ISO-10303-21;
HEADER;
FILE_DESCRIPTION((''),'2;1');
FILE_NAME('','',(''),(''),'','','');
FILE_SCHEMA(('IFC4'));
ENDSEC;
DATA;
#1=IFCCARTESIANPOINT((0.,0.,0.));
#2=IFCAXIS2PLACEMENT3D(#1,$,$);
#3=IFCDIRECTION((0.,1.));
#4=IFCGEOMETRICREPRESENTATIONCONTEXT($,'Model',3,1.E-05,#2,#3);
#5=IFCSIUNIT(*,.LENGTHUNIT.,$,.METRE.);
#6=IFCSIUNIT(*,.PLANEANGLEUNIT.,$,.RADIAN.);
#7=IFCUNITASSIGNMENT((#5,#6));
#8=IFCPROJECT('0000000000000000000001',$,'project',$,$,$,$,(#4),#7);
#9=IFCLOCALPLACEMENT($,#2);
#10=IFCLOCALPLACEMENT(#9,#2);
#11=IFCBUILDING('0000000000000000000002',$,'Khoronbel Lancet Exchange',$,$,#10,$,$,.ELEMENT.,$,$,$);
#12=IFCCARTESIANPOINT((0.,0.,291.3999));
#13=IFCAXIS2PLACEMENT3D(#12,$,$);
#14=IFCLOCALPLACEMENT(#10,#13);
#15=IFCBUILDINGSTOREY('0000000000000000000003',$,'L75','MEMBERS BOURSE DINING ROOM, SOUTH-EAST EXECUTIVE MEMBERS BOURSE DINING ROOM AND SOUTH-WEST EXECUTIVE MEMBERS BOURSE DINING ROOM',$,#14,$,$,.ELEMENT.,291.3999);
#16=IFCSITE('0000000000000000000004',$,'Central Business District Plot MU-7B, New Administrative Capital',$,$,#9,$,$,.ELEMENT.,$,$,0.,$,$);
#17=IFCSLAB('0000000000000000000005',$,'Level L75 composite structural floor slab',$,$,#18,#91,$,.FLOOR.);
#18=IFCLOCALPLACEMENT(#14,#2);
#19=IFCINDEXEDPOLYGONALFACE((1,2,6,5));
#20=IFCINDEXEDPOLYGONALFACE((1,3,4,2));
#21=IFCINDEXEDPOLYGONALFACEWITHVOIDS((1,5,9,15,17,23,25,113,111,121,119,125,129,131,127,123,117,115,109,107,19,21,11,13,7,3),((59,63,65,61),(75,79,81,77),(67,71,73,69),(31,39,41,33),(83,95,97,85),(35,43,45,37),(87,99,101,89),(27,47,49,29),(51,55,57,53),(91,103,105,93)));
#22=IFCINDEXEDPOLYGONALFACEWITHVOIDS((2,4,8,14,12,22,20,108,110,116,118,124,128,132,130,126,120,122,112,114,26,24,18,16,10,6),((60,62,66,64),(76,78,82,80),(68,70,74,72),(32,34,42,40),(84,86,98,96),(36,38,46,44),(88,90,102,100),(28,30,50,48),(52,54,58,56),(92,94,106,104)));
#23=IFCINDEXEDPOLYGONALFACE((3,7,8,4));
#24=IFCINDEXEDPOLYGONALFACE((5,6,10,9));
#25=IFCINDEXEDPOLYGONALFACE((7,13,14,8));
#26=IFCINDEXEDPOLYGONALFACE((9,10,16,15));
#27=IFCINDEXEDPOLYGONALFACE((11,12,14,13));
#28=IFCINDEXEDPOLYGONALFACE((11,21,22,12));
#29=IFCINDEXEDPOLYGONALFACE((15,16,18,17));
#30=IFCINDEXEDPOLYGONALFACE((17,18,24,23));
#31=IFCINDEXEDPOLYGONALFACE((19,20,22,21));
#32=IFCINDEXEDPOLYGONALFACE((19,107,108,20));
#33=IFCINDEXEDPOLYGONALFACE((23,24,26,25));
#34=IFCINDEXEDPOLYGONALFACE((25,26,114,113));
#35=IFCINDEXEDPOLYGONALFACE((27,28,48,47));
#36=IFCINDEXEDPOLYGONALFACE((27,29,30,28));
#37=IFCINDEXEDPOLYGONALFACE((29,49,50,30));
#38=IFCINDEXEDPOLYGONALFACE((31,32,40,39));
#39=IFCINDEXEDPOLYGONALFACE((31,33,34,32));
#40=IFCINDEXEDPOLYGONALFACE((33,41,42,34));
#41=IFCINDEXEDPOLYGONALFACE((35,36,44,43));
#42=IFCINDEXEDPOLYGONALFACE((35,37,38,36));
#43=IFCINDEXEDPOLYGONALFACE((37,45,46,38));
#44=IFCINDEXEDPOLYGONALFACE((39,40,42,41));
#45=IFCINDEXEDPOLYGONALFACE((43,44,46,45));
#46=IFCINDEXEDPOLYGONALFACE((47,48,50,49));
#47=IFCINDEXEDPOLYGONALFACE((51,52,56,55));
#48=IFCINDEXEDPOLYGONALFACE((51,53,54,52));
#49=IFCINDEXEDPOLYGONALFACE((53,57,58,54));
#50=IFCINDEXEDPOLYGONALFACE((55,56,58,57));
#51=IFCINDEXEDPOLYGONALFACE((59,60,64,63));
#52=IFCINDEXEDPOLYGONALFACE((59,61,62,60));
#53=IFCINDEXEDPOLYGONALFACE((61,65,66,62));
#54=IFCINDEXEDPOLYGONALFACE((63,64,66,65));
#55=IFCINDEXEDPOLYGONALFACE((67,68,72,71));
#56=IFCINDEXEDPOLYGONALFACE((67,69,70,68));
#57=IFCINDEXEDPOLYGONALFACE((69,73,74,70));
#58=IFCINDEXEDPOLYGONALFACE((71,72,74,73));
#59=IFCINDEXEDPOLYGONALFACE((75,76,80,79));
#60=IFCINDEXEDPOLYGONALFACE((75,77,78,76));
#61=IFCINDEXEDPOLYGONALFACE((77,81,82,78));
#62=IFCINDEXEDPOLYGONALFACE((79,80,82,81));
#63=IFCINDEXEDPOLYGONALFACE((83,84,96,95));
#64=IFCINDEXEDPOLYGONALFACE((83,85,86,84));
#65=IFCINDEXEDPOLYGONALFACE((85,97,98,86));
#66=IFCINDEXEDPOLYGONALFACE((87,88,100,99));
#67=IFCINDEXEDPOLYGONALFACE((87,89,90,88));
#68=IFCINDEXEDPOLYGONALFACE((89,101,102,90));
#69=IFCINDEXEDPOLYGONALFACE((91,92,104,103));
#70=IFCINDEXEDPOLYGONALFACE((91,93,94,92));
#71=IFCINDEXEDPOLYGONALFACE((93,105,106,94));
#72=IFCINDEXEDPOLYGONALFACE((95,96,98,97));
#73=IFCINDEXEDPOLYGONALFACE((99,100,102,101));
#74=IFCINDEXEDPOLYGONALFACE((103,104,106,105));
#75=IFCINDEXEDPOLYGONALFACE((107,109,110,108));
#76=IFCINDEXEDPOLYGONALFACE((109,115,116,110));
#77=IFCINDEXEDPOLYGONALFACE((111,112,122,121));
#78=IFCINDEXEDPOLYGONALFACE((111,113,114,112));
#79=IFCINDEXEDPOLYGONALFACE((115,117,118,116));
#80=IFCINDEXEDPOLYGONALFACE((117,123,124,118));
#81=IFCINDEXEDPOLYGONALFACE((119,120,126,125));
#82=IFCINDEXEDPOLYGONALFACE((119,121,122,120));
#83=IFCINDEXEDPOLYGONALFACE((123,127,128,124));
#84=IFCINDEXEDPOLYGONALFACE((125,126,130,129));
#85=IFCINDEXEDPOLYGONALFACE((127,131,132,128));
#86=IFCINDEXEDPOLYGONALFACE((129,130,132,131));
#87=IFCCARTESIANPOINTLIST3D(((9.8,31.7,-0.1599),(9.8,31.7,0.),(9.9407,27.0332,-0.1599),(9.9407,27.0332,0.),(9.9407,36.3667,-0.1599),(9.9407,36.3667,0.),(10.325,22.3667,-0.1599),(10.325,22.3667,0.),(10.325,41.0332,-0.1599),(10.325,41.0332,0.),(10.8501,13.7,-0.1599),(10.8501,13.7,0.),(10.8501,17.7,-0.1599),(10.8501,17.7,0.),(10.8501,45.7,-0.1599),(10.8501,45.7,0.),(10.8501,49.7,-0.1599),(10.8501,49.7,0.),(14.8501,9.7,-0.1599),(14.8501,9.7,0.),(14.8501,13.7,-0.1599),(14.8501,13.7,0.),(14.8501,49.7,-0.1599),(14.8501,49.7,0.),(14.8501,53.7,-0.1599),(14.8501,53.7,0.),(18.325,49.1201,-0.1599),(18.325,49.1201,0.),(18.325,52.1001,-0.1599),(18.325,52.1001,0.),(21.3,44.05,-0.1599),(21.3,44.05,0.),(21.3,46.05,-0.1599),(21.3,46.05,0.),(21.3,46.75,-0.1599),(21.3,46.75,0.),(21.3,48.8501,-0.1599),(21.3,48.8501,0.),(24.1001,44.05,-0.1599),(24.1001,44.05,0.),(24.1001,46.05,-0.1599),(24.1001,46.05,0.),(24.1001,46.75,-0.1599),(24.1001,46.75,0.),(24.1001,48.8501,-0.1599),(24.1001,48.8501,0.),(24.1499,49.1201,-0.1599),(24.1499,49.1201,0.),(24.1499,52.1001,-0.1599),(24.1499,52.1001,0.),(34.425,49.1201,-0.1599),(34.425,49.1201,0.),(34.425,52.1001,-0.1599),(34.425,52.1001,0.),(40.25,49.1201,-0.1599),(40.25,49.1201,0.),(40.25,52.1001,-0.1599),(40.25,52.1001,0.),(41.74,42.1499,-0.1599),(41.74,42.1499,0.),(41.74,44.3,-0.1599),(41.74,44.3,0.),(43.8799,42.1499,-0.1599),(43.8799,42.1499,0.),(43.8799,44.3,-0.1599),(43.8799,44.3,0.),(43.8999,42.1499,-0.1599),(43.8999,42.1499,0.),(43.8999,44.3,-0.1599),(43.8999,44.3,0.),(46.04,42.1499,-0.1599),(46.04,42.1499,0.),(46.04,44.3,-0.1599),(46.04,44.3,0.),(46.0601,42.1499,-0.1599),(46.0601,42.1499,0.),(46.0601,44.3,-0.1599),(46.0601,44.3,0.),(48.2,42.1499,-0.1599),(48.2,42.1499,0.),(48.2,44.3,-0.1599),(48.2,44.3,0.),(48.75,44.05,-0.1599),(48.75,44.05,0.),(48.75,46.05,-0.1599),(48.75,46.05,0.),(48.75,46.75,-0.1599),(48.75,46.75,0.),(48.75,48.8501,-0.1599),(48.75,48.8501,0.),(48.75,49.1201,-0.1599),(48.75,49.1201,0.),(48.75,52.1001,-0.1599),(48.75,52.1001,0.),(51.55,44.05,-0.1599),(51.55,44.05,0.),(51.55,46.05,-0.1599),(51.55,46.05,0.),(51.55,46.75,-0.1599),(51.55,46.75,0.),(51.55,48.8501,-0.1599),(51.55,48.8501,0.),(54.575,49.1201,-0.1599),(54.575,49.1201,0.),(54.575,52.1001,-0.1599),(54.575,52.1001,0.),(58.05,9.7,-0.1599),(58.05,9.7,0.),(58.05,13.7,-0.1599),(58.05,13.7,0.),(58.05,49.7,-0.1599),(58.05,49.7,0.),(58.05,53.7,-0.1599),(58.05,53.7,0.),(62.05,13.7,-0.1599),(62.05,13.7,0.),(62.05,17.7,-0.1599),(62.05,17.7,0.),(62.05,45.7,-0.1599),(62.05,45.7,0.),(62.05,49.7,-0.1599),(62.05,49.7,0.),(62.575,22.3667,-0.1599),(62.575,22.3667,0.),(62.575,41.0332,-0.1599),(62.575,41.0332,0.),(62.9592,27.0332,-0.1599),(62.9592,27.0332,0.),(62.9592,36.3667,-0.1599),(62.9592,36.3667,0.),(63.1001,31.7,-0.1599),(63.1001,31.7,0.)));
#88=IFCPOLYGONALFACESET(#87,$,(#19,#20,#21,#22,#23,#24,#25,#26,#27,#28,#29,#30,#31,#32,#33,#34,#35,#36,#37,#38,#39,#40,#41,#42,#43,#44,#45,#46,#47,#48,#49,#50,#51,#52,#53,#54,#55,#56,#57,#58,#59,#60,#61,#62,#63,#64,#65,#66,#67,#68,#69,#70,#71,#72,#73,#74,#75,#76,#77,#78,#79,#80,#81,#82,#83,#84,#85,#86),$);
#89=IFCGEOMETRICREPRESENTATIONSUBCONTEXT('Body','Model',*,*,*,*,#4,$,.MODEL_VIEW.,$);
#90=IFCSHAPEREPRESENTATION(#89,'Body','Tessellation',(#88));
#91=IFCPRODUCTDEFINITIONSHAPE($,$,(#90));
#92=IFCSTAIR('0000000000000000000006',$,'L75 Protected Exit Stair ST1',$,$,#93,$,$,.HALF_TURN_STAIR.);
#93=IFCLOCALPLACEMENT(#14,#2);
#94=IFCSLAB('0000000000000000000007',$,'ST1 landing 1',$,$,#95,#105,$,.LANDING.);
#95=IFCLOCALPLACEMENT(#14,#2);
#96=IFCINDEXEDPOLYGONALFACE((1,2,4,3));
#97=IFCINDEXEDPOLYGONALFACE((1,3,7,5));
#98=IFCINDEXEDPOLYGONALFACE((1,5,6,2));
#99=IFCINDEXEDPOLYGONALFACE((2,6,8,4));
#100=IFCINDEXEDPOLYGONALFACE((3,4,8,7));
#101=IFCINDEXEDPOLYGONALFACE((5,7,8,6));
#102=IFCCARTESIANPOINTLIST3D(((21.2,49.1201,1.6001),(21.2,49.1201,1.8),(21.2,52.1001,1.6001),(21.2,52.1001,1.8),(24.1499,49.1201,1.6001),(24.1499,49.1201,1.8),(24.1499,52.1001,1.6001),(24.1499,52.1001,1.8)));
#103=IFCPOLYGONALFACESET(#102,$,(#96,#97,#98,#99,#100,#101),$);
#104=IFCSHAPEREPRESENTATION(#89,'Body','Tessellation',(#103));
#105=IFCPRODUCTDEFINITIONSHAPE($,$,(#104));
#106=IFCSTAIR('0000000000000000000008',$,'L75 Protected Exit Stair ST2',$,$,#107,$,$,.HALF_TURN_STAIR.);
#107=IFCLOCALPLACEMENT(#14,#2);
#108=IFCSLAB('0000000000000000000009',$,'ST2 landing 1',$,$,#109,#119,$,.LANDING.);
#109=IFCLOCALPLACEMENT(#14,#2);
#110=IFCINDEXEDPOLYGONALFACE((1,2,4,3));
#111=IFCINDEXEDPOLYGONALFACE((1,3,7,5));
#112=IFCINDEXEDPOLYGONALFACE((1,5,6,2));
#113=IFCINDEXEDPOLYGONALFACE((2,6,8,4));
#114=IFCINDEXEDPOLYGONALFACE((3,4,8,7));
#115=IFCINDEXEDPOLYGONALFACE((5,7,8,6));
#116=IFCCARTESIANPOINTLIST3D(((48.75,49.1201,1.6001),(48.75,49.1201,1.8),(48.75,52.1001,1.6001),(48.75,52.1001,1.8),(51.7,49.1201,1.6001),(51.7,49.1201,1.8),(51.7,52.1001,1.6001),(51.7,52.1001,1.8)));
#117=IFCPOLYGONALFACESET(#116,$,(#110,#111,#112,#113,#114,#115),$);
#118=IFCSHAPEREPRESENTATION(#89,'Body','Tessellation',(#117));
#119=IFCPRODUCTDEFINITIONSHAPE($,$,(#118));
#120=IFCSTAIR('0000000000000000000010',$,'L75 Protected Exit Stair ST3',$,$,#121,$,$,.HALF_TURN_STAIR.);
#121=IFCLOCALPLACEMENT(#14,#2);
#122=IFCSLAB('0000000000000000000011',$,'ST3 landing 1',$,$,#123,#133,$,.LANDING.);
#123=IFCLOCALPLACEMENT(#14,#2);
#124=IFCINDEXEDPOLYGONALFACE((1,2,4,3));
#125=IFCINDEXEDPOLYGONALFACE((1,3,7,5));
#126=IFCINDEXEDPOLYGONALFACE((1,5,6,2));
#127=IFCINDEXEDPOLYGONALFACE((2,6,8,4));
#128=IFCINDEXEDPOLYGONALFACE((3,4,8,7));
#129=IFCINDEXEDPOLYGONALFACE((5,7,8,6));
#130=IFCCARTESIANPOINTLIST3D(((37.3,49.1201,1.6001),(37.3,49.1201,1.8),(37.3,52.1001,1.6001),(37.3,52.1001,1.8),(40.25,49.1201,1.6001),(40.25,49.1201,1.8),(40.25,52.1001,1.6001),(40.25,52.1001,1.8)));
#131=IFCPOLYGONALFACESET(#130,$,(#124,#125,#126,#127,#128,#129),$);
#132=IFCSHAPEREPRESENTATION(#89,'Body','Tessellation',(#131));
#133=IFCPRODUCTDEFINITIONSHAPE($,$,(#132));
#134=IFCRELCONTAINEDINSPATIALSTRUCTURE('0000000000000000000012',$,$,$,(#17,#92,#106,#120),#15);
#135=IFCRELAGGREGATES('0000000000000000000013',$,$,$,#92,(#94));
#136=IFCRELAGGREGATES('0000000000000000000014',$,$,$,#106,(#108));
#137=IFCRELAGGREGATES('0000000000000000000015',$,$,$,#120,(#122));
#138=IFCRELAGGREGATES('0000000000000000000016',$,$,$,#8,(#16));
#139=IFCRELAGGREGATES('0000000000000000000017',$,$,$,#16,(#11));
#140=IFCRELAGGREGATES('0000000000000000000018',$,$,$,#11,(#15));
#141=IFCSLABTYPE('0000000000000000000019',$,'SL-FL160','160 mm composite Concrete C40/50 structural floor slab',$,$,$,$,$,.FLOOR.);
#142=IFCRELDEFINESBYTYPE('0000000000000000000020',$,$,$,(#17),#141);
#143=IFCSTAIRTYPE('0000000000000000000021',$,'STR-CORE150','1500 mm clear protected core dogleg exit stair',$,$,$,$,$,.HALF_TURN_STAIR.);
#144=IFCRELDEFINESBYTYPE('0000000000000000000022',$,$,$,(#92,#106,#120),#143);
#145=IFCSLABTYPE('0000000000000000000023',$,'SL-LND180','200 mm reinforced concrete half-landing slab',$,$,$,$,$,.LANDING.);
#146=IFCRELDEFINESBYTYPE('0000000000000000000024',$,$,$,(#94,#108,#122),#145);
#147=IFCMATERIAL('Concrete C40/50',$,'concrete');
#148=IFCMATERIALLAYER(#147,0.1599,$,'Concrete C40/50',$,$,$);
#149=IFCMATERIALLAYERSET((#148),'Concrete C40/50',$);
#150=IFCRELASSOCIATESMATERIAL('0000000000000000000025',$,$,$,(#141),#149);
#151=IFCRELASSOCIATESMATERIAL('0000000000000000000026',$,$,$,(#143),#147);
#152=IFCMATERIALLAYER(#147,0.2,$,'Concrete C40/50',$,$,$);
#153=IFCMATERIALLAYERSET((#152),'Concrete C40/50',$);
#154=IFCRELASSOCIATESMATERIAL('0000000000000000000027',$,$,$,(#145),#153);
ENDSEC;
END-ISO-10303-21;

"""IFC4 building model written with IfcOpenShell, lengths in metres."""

from ifc_helpers import new_model, si_unit, direction, frame, origin, place, context, subcontext, project, spatial, polyline, outline, extrude, material, layer, layer_set, type_object, element, aggregate, save


model = new_model("IFC4")

# Units and contexts
model_context = context("Model", 3, precision=1e-05, world=origin(), true_north=direction((0.0, 1.0)))
body_context = subcontext(model_context, "Body", "Model", "MODEL_VIEW")
ifc_project = project(units=[si_unit("LENGTHUNIT", "METRE"), si_unit("PLANEANGLEUNIT", "RADIAN")], contexts=[model_context])

# Site, building, storey
site_placement = place(None, origin())
site = spatial("IfcSite", under=ifc_project, at=site_placement, Name="Central Business District Plot MU-7B, New Administrative Capital", CompositionType="ELEMENT", RefElevation=0.0)
building_placement = place(site_placement, origin())
building = spatial("IfcBuilding", under=site, at=building_placement, Name="Khoronbel Lancet Exchange", CompositionType="ELEMENT")
storey_placement = place(building_placement, frame((0.0, 0.0, 291.3999)))
storey = spatial("IfcBuildingStorey", under=building, at=storey_placement, Name="L75", Description="MEMBERS BOURSE DINING ROOM, SOUTH-EAST EXECUTIVE MEMBERS BOURSE DINING ROOM AND SOUTH-WEST EXECUTIVE MEMBERS BOURSE DINING ROOM", CompositionType="ELEMENT", Elevation=291.3999)

# Slab
ifc_material_1 = material(Name="Concrete C40/50", Category="concrete")
ifc_layer_1 = layer(ifc_material_1, 0.1599, Name="Concrete C40/50")
ifc_layer_set_1 = layer_set([ifc_layer_1], Name="Concrete C40/50")
slab_type_1 = type_object("IfcSlabType", Name="SL-FL160", Description="160 mm composite Concrete C40/50 structural floor slab", PredefinedType="FLOOR", material=ifc_layer_set_1)
slab_1_placement = place(storey_placement, frame((0.0, 0.0, -0.1599)))
element("IfcSlab", 1, at=slab_1_placement, inside=storey, type_object=slab_type_1, Name="Level L75 composite structural floor slab", PredefinedType="FLOOR", context=body_context, shape_type="SweptSolid", body=[
    extrude(outline(polyline([(14.8501, 9.7), (58.05, 9.7), (58.05, 13.7), (62.05, 13.7), (62.05, 17.7), (62.575, 22.3667), (62.9592, 27.0332), (63.1001, 31.7), (62.9592, 36.3667), (62.575, 41.0332), (62.05, 45.7), (62.05, 49.7), (58.05, 49.7), (58.05, 53.7), (14.8501, 53.7), (14.8501, 49.7), (10.8501, 49.7), (10.8501, 45.7), (10.325, 41.0332), (9.9407, 36.3667), (9.8, 31.7), (9.9407, 27.0332), (10.325, 22.3667), (10.8501, 17.7), (10.8501, 13.7), (14.8501, 13.7), (14.8501, 9.7)]), holes=[polyline([(18.325, 49.1201), (24.1499, 49.1201), (24.1499, 52.1001), (18.325, 52.1001), (18.325, 49.1201)]), polyline([(48.75, 49.1201), (54.575, 49.1201), (54.575, 52.1001), (48.75, 52.1001), (48.75, 49.1201)]), polyline([(34.425, 49.1201), (40.25, 49.1201), (40.25, 52.1001), (34.425, 52.1001), (34.425, 49.1201)]), polyline([(41.74, 42.1499), (43.8799, 42.1499), (43.8799, 44.3), (41.74, 44.3), (41.74, 42.1499)]), polyline([(43.8999, 42.1499), (46.04, 42.1499), (46.04, 44.3), (43.8999, 44.3), (43.8999, 42.1499)]), polyline([(46.0601, 42.1499), (48.2, 42.1499), (48.2, 44.3), (46.0601, 44.3), (46.0601, 42.1499)]), polyline([(21.3, 46.75), (24.1001, 46.75), (24.1001, 48.8501), (21.3, 48.8501), (21.3, 46.75)]), polyline([(48.75, 46.75), (51.55, 46.75), (51.55, 48.8501), (48.75, 48.8501), (48.75, 46.75)]), polyline([(21.3, 44.05), (24.1001, 44.05), (24.1001, 46.05), (21.3, 46.05), (21.3, 44.05)]), polyline([(48.75, 44.05), (51.55, 44.05), (51.55, 46.05), (48.75, 46.05), (48.75, 44.05)])]), origin(), (0.0, 0.0, 1.0), 0.1599),
])

# Stairs, slabs
stair_type = type_object("IfcStairType", Name="STR-CORE150", Description="1500 mm clear protected core dogleg exit stair", PredefinedType="HALF_TURN_STAIR", material=ifc_material_1)
stair_1_placement = place(storey_placement, origin())
stair_1 = element("IfcStair", 2, at=stair_1_placement, inside=storey, type_object=stair_type, Name="L75 Protected Exit Stair ST1", PredefinedType="HALF_TURN_STAIR")
ifc_layer_2 = layer(ifc_material_1, 0.2, Name="Concrete C40/50")
ifc_layer_set_2 = layer_set([ifc_layer_2], Name="Concrete C40/50")
slab_type_2 = type_object("IfcSlabType", Name="SL-LND180", Description="200 mm reinforced concrete half-landing slab", PredefinedType="LANDING", material=ifc_layer_set_2)
slab_2_placement = place(storey_placement, frame((0.0, 0.0, 1.6001)))
slab_2 = element("IfcSlab", 3, at=slab_2_placement, type_object=slab_type_2, Name="ST1 landing 1", PredefinedType="LANDING", context=body_context, shape_type="SweptSolid", body=[
    extrude(outline(polyline([(21.2, 49.1201), (24.1499, 49.1201), (24.1499, 52.1001), (21.2, 52.1001), (21.2, 49.1201)])), origin(), (0.0, 0.0, 1.0), 0.2),
])
aggregate(stair_1, [slab_2])
stair_2_placement = place(storey_placement, origin())
stair_2 = element("IfcStair", 4, at=stair_2_placement, inside=storey, type_object=stair_type, Name="L75 Protected Exit Stair ST2", PredefinedType="HALF_TURN_STAIR")
slab_3_placement = place(storey_placement, frame((0.0, 0.0, 1.6001)))
slab_3 = element("IfcSlab", 5, at=slab_3_placement, type_object=slab_type_2, Name="ST2 landing 1", PredefinedType="LANDING", context=body_context, shape_type="SweptSolid", body=[
    extrude(outline(polyline([(51.7, 52.1001), (48.75, 52.1001), (48.75, 49.1201), (51.7, 49.1201), (51.7, 52.1001)])), origin(), (0.0, 0.0, 1.0), 0.2),
])
aggregate(stair_2, [slab_3])
stair_3_placement = place(storey_placement, origin())
stair_3 = element("IfcStair", 6, at=stair_3_placement, inside=storey, type_object=stair_type, Name="L75 Protected Exit Stair ST3", PredefinedType="HALF_TURN_STAIR")
slab_4_placement = place(storey_placement, frame((0.0, 0.0, 1.6001)))
slab_4 = element("IfcSlab", 7, at=slab_4_placement, type_object=slab_type_2, Name="ST3 landing 1", PredefinedType="LANDING", context=body_context, shape_type="SweptSolid", body=[
    extrude(outline(polyline([(37.3, 49.1201), (40.25, 49.1201), (40.25, 52.1001), (37.3, 52.1001), (37.3, 49.1201)])), origin(), (0.0, 0.0, 1.0), 0.2),
])
aggregate(stair_3, [slab_4])

save(model, "model.ifc")
